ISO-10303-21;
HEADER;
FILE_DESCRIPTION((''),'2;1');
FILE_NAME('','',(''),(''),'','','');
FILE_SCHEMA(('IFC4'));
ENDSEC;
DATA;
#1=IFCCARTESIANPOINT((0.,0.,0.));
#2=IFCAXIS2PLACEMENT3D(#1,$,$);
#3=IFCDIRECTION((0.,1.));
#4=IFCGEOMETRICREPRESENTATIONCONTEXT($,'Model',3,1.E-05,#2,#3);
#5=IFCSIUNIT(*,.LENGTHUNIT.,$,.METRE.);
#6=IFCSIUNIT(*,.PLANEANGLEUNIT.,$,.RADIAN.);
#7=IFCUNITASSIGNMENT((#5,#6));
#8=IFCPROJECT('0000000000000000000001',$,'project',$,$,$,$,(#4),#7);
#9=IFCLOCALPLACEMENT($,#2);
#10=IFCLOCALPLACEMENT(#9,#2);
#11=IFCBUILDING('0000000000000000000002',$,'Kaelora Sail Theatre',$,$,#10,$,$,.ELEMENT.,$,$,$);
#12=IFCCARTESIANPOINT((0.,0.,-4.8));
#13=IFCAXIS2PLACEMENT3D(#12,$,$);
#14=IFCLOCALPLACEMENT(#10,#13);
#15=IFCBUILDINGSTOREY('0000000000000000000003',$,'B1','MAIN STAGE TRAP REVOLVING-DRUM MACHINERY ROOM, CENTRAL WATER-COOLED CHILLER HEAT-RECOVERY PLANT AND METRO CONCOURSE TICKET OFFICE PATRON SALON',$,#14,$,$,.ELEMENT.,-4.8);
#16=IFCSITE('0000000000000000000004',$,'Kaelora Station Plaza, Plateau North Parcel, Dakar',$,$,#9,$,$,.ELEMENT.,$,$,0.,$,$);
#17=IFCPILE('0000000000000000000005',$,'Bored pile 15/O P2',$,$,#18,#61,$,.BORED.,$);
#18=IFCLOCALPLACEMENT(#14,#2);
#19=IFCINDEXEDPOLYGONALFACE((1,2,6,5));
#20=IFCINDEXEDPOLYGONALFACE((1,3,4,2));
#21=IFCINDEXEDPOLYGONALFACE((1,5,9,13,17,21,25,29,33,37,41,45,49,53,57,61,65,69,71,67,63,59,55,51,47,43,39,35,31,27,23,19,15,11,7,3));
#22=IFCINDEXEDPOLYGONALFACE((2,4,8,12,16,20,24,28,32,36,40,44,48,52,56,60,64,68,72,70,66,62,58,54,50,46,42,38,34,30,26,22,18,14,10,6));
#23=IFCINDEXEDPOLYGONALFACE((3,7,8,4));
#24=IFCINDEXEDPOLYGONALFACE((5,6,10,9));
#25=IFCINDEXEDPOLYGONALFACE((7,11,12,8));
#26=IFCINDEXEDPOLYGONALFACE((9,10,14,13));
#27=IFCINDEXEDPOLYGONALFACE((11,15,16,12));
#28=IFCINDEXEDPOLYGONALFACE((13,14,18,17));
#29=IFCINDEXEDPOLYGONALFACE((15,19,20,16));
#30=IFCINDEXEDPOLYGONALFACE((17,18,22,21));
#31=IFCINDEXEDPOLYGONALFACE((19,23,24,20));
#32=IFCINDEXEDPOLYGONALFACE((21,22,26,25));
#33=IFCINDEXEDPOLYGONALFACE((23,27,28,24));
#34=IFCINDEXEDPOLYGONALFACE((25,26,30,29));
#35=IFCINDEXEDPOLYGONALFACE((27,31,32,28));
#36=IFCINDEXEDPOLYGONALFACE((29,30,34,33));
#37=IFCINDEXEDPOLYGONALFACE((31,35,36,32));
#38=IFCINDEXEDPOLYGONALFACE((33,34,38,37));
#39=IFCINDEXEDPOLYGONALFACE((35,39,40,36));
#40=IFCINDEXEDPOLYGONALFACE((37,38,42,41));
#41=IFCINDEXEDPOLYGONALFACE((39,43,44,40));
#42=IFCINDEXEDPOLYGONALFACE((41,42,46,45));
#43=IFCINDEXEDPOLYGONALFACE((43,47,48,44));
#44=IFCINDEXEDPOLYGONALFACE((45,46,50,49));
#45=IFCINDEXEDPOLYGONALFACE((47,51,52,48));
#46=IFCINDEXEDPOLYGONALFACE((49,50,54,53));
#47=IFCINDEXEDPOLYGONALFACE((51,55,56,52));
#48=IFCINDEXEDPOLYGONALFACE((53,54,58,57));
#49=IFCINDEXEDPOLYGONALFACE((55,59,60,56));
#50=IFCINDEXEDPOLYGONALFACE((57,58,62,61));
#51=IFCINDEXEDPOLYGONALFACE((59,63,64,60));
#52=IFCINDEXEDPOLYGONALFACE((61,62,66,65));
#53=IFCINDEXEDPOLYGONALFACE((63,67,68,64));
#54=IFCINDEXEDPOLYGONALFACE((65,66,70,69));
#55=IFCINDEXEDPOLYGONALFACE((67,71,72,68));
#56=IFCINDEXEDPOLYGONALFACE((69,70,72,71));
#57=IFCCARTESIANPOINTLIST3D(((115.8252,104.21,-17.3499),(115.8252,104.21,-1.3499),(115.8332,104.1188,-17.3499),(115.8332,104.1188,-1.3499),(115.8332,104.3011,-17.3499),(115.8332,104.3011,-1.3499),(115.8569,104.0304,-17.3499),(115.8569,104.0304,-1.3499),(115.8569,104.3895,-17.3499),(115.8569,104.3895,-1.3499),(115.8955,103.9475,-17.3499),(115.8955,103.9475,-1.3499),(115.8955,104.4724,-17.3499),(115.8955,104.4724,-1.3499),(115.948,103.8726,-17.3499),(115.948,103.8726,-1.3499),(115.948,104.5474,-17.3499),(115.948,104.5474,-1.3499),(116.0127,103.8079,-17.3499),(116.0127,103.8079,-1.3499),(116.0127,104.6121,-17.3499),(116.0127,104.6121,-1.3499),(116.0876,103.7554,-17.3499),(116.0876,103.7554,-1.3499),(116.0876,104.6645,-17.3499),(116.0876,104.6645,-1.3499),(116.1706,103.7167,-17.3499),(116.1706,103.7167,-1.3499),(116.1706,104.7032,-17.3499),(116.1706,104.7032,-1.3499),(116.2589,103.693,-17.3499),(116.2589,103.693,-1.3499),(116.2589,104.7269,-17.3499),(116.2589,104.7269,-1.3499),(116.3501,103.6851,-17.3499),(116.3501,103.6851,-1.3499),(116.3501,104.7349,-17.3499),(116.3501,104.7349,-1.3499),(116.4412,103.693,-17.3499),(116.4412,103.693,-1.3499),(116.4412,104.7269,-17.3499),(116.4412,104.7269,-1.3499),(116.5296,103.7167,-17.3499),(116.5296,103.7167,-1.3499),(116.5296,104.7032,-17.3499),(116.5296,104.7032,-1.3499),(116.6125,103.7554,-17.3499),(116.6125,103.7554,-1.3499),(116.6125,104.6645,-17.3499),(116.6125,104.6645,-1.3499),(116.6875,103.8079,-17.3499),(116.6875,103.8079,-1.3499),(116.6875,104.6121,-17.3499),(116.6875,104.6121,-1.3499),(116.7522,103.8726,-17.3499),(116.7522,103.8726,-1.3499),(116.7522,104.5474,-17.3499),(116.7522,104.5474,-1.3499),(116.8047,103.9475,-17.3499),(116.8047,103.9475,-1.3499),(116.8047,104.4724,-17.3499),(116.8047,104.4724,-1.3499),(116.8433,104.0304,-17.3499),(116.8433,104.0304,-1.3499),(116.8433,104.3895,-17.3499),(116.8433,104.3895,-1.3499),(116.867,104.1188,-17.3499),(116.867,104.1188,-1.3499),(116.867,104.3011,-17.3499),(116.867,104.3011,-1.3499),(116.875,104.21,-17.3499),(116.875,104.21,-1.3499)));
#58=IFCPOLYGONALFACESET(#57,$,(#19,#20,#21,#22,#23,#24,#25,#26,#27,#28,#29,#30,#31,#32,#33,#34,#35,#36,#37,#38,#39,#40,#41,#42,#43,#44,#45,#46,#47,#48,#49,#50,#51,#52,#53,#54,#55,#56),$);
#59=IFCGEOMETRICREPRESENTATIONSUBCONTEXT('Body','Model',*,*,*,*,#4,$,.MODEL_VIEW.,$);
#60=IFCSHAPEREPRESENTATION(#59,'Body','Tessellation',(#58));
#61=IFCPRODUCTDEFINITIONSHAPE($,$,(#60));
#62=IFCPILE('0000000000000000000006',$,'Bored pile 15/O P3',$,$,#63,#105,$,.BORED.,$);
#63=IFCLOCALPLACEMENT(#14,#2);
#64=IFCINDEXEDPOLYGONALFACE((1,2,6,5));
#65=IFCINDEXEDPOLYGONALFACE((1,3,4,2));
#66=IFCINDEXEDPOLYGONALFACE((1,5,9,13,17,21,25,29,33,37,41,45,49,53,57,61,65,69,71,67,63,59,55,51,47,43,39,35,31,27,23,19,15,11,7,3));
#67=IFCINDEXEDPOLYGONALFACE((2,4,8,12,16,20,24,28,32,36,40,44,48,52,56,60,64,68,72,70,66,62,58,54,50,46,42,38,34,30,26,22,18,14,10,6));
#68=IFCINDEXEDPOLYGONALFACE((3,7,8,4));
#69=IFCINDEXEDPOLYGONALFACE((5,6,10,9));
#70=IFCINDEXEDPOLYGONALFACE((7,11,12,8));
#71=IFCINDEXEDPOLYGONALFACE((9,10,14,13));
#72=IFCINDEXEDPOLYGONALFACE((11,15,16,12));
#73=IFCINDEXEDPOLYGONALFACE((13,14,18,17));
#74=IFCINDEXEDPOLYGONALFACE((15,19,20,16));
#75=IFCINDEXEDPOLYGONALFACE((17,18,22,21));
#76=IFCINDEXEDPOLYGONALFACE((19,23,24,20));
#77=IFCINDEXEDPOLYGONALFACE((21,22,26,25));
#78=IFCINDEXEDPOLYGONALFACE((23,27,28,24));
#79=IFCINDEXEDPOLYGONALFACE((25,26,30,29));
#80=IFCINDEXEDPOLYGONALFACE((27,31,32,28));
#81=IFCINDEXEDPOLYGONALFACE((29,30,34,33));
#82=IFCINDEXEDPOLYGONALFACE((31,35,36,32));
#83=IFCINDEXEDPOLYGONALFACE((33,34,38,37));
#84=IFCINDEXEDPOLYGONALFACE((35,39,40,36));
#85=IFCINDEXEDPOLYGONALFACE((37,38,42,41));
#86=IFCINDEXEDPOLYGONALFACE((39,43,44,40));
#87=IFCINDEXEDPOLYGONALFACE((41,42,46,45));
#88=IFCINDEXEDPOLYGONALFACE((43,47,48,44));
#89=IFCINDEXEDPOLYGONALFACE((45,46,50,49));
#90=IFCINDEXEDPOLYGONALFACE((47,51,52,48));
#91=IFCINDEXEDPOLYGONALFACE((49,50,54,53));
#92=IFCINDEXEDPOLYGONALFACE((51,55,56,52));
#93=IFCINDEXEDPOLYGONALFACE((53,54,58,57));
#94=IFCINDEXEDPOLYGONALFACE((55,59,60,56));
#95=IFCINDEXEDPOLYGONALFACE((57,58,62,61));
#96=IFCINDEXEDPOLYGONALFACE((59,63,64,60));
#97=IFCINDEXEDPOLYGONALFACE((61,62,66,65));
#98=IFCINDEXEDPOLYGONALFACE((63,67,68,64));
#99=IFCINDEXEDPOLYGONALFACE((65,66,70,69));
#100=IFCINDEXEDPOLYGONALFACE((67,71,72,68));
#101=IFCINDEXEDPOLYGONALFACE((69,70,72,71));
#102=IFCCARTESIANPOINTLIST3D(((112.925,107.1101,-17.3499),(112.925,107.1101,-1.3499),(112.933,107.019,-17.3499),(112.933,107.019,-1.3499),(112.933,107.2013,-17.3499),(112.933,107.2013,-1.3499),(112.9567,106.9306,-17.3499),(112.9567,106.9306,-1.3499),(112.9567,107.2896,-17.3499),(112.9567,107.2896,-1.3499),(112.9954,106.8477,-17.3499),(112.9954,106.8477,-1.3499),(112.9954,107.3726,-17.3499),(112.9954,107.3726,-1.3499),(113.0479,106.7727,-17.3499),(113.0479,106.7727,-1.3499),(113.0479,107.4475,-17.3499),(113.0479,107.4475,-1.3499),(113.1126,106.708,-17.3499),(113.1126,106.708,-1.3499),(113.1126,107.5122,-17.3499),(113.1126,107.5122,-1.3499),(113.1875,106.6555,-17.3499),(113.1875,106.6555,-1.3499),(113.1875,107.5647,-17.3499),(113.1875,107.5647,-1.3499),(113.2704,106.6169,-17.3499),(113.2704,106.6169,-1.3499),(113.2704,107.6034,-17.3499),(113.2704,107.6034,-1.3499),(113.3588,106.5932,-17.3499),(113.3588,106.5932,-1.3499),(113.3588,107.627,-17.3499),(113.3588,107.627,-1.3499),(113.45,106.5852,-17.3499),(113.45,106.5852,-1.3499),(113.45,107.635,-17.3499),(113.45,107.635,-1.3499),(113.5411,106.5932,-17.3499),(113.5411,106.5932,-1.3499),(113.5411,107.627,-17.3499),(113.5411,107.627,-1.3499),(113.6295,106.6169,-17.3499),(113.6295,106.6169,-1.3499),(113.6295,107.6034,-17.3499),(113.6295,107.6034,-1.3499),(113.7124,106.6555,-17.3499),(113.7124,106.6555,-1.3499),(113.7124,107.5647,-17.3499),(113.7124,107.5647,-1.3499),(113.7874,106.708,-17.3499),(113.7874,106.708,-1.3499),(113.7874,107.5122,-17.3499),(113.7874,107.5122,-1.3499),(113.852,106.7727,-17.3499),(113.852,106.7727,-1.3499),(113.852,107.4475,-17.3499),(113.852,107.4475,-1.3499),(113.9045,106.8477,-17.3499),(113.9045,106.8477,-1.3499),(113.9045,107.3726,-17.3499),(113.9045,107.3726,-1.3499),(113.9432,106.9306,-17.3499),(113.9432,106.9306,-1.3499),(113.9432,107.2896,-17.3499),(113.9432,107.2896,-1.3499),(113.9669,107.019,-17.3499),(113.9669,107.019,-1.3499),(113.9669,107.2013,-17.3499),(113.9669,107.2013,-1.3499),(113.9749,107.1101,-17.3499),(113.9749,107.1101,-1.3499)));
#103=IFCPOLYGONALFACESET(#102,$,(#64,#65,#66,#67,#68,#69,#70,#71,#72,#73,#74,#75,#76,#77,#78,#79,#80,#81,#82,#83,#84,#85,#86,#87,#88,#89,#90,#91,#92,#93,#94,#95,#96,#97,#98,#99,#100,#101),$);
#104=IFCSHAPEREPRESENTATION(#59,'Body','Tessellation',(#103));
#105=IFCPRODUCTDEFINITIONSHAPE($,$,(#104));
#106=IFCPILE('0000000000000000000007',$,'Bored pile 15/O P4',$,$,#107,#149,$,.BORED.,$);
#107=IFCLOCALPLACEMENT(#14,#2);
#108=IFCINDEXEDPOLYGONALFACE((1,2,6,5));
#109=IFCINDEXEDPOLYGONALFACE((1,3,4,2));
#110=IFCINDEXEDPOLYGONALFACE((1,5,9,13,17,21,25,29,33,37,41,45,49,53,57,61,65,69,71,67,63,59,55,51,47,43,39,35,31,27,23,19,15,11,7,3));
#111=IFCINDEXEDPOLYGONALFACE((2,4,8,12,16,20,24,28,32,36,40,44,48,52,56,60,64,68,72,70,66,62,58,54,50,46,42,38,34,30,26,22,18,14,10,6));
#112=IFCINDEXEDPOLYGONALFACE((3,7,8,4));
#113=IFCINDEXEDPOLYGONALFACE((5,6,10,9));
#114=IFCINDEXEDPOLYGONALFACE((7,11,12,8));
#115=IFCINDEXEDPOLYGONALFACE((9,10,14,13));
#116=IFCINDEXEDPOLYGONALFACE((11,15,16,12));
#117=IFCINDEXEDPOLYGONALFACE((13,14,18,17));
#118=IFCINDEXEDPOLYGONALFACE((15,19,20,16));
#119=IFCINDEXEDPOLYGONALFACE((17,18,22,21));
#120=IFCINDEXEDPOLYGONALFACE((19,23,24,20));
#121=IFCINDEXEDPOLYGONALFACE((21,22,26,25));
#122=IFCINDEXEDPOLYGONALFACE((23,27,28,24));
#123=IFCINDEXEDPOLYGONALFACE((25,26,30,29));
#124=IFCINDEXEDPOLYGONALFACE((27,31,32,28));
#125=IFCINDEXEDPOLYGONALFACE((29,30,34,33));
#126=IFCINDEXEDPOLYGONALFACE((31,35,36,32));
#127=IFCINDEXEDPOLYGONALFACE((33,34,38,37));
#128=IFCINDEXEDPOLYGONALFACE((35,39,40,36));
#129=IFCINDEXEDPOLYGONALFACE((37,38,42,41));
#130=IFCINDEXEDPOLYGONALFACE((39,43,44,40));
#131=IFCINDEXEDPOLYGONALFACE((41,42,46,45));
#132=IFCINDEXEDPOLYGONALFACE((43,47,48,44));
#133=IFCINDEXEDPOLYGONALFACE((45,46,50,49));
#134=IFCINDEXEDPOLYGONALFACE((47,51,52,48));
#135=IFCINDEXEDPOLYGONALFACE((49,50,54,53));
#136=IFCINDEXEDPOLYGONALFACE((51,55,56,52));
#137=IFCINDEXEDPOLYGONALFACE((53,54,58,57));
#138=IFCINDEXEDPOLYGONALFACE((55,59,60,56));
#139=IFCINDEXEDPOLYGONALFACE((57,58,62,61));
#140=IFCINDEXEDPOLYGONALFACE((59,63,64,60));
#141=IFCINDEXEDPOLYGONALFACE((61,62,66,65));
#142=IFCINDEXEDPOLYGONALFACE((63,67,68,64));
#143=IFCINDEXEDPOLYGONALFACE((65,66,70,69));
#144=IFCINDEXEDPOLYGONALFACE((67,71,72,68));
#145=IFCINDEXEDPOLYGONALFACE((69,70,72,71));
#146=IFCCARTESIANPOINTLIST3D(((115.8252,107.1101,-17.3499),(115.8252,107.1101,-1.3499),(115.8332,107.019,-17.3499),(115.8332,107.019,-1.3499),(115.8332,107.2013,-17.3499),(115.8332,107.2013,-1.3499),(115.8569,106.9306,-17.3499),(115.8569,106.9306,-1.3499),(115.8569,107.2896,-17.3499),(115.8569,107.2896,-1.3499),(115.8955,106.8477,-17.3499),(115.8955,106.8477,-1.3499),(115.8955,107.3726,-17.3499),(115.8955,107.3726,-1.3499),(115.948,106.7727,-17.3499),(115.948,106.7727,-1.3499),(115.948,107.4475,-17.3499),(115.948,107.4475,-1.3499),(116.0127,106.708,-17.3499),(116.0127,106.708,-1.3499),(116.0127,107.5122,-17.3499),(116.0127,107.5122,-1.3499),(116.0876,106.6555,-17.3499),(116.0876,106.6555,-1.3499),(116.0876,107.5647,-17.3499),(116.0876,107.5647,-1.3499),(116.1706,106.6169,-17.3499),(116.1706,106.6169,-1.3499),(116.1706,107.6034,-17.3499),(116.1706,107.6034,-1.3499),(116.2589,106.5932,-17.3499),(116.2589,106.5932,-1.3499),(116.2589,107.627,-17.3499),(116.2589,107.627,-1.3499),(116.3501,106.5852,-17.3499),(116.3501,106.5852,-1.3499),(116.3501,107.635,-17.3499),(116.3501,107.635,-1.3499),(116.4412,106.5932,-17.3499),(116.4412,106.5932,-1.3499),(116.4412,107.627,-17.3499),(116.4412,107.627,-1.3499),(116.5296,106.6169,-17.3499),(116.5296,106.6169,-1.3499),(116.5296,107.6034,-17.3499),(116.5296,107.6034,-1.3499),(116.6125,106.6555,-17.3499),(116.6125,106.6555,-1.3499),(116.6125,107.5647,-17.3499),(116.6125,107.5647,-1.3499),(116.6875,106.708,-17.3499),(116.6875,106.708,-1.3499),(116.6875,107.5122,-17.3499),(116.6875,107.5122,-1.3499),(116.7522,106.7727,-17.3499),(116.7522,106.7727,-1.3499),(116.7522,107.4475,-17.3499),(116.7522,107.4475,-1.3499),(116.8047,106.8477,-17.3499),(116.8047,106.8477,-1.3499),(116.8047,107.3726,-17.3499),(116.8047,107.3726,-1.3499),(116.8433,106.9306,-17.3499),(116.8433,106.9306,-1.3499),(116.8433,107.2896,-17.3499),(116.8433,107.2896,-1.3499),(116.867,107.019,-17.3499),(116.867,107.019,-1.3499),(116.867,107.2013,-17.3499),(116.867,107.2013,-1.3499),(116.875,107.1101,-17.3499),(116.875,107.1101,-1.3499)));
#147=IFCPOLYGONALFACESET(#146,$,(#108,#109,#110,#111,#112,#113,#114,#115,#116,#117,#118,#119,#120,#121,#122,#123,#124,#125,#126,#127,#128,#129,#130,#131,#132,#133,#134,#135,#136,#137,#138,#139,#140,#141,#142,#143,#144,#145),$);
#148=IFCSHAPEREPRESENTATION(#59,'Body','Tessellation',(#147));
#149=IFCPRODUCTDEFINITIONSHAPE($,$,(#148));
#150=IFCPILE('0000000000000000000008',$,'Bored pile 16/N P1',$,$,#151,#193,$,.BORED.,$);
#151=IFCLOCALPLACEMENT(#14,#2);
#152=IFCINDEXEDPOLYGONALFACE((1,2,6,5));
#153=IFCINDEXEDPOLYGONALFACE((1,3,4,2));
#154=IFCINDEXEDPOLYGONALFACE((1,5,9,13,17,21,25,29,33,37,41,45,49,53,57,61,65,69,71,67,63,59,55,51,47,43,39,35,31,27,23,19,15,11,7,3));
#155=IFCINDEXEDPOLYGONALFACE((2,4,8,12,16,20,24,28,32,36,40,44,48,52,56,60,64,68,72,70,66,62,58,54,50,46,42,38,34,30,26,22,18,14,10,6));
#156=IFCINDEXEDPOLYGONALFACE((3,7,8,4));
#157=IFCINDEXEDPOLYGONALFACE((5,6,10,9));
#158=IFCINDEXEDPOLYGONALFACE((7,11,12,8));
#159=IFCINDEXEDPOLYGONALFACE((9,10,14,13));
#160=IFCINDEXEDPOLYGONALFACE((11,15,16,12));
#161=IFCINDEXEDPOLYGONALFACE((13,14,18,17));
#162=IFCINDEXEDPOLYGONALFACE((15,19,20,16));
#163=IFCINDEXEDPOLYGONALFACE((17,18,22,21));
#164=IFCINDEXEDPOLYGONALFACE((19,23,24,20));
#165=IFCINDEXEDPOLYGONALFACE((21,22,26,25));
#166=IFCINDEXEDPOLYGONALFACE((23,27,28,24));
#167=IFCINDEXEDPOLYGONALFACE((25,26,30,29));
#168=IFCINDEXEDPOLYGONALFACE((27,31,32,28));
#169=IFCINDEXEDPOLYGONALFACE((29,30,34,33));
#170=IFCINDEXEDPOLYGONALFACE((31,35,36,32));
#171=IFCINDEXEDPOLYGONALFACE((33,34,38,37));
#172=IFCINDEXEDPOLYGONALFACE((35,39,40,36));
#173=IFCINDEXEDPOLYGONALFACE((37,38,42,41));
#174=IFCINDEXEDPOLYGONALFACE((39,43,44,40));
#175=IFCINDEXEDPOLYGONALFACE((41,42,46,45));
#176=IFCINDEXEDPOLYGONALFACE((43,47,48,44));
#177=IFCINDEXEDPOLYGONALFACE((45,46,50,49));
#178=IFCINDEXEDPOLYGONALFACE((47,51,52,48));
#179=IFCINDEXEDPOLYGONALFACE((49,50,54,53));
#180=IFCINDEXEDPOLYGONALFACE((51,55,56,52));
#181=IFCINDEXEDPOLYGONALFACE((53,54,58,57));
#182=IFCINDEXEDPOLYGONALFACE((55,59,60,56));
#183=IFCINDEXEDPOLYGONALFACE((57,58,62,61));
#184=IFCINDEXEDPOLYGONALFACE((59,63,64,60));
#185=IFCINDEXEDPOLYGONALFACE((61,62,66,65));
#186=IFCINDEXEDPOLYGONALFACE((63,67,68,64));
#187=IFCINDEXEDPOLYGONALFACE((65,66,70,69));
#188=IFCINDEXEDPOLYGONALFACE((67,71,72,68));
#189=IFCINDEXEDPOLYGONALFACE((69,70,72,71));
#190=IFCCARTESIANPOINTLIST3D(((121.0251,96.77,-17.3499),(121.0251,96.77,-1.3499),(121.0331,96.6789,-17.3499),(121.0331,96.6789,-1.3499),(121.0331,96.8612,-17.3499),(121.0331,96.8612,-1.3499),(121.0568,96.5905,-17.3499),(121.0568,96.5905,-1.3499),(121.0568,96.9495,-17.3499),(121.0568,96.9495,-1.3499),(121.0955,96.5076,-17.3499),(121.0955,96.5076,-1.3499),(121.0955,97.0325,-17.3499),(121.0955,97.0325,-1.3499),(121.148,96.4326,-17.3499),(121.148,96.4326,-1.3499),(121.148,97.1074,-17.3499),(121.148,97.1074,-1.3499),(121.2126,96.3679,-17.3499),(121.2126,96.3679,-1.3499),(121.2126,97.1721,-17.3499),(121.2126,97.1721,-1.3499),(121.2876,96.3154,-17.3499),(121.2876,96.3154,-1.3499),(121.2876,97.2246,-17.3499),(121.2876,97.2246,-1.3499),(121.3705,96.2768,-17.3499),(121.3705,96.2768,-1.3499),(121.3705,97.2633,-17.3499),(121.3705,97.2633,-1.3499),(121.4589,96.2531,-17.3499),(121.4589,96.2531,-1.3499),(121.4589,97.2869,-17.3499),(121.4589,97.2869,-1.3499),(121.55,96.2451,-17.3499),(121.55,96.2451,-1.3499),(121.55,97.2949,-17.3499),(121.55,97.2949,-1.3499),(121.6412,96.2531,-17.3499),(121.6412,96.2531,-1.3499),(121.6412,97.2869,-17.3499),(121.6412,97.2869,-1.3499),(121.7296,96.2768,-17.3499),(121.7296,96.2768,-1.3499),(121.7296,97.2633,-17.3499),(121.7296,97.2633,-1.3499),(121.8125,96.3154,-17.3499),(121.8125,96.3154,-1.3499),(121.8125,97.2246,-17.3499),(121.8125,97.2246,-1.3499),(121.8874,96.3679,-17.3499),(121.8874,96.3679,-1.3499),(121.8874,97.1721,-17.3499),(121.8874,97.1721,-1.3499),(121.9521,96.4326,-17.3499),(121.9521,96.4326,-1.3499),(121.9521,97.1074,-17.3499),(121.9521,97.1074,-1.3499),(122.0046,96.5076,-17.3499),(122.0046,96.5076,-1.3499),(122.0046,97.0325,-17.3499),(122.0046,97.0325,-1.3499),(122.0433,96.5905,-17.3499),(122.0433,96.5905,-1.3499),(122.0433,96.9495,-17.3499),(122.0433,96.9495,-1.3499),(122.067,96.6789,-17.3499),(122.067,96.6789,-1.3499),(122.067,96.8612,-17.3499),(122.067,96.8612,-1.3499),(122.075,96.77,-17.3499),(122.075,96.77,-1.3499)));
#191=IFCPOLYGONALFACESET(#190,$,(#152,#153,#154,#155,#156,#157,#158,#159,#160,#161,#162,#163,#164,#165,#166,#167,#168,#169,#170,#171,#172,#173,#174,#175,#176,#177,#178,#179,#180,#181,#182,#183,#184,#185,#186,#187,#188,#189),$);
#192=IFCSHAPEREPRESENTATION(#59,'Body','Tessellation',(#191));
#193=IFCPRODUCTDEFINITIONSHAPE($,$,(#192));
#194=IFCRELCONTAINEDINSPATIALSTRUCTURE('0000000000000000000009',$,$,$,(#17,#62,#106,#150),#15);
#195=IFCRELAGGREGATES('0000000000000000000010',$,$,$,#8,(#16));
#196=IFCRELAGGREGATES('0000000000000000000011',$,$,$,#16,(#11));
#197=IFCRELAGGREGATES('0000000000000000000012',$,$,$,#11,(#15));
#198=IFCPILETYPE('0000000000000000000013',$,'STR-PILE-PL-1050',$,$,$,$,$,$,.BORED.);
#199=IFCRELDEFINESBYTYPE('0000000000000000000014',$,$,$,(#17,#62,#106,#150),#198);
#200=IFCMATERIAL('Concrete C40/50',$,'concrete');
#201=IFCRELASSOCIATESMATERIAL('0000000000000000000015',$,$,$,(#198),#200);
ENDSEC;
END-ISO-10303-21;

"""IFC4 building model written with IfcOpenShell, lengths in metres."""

from ifc_helpers import new_model, si_unit, direction, frame, origin, origin_2d, place, context, subcontext, project, spatial, circle, extrude, material, material_profile, profile_set, type_object, element, save


model = new_model("IFC4")

# Units and contexts
model_context = context("Model", 3, precision=1e-05, world=origin(), true_north=direction((0.0, 1.0)))
body_context = subcontext(model_context, "Body", "Model", "MODEL_VIEW")
ifc_project = project(units=[si_unit("LENGTHUNIT", "METRE"), si_unit("PLANEANGLEUNIT", "RADIAN")], contexts=[model_context])

# Site, building, storey
site_placement = place(None, origin())
site = spatial("IfcSite", under=ifc_project, at=site_placement, Name="Kaelora Station Plaza, Plateau North Parcel, Dakar", CompositionType="ELEMENT", RefElevation=0.0)
building_placement = place(site_placement, origin())
building = spatial("IfcBuilding", under=site, at=building_placement, Name="Kaelora Sail Theatre", CompositionType="ELEMENT")
storey_placement = place(building_placement, frame((0.0, 0.0, -4.8)))
storey = spatial("IfcBuildingStorey", under=building, at=storey_placement, Name="B1", Description="MAIN STAGE TRAP REVOLVING-DRUM MACHINERY ROOM, CENTRAL WATER-COOLED CHILLER HEAT-RECOVERY PLANT AND METRO CONCOURSE TICKET OFFICE PATRON SALON", CompositionType="ELEMENT", Elevation=-4.8)

# Piles
ifc_material_1 = material(Name="Concrete C40/50", Category="concrete")
ifc_material_profile_1 = material_profile(ifc_material_1, circle(Radius=0.5249, at=origin_2d()), Name="PILE D1050")
ifc_profile_set_1 = profile_set([ifc_material_profile_1], Name="Concrete C40/50")
pile_type_1 = type_object("IfcPileType", Name="STR-PILE-PL-1050", PredefinedType="BORED", material=ifc_profile_set_1)
for number, where, z_axis, x_axis, name in (
    (1, (116.3501, 104.21, -1.3499), (0.0, 0.0, -1.0), (1.0, 0.0, 0.0), "Bored pile 15/O P2"),
    (2, (113.45, 107.1101, -1.3499), (0.0, 0.0, -1.0), (1.0, 0.0, 0.0), "Bored pile 15/O P3"),
    (3, (116.3501, 107.1101, -1.3499), (0.0, 0.0, -1.0), (1.0, 0.0, 0.0), "Bored pile 15/O P4"),
    (4, (121.55, 96.77, -1.3499), (0.0, 0.0, -1.0), (1.0, 0.0, 0.0), "Bored pile 16/N P1"),
):
    element("IfcPile", number, at=place(storey_placement, frame(where, z_axis=z_axis, x_axis=x_axis)), inside=storey, type_object=pile_type_1, Name=name, PredefinedType="BORED", context=body_context, shape_type="SweptSolid", body=[
        extrude(circle(Radius=0.5249, at=origin_2d()), origin(), (0.0, 0.0, 1.0), 16.0),
    ])

save(model, "model.ifc")
